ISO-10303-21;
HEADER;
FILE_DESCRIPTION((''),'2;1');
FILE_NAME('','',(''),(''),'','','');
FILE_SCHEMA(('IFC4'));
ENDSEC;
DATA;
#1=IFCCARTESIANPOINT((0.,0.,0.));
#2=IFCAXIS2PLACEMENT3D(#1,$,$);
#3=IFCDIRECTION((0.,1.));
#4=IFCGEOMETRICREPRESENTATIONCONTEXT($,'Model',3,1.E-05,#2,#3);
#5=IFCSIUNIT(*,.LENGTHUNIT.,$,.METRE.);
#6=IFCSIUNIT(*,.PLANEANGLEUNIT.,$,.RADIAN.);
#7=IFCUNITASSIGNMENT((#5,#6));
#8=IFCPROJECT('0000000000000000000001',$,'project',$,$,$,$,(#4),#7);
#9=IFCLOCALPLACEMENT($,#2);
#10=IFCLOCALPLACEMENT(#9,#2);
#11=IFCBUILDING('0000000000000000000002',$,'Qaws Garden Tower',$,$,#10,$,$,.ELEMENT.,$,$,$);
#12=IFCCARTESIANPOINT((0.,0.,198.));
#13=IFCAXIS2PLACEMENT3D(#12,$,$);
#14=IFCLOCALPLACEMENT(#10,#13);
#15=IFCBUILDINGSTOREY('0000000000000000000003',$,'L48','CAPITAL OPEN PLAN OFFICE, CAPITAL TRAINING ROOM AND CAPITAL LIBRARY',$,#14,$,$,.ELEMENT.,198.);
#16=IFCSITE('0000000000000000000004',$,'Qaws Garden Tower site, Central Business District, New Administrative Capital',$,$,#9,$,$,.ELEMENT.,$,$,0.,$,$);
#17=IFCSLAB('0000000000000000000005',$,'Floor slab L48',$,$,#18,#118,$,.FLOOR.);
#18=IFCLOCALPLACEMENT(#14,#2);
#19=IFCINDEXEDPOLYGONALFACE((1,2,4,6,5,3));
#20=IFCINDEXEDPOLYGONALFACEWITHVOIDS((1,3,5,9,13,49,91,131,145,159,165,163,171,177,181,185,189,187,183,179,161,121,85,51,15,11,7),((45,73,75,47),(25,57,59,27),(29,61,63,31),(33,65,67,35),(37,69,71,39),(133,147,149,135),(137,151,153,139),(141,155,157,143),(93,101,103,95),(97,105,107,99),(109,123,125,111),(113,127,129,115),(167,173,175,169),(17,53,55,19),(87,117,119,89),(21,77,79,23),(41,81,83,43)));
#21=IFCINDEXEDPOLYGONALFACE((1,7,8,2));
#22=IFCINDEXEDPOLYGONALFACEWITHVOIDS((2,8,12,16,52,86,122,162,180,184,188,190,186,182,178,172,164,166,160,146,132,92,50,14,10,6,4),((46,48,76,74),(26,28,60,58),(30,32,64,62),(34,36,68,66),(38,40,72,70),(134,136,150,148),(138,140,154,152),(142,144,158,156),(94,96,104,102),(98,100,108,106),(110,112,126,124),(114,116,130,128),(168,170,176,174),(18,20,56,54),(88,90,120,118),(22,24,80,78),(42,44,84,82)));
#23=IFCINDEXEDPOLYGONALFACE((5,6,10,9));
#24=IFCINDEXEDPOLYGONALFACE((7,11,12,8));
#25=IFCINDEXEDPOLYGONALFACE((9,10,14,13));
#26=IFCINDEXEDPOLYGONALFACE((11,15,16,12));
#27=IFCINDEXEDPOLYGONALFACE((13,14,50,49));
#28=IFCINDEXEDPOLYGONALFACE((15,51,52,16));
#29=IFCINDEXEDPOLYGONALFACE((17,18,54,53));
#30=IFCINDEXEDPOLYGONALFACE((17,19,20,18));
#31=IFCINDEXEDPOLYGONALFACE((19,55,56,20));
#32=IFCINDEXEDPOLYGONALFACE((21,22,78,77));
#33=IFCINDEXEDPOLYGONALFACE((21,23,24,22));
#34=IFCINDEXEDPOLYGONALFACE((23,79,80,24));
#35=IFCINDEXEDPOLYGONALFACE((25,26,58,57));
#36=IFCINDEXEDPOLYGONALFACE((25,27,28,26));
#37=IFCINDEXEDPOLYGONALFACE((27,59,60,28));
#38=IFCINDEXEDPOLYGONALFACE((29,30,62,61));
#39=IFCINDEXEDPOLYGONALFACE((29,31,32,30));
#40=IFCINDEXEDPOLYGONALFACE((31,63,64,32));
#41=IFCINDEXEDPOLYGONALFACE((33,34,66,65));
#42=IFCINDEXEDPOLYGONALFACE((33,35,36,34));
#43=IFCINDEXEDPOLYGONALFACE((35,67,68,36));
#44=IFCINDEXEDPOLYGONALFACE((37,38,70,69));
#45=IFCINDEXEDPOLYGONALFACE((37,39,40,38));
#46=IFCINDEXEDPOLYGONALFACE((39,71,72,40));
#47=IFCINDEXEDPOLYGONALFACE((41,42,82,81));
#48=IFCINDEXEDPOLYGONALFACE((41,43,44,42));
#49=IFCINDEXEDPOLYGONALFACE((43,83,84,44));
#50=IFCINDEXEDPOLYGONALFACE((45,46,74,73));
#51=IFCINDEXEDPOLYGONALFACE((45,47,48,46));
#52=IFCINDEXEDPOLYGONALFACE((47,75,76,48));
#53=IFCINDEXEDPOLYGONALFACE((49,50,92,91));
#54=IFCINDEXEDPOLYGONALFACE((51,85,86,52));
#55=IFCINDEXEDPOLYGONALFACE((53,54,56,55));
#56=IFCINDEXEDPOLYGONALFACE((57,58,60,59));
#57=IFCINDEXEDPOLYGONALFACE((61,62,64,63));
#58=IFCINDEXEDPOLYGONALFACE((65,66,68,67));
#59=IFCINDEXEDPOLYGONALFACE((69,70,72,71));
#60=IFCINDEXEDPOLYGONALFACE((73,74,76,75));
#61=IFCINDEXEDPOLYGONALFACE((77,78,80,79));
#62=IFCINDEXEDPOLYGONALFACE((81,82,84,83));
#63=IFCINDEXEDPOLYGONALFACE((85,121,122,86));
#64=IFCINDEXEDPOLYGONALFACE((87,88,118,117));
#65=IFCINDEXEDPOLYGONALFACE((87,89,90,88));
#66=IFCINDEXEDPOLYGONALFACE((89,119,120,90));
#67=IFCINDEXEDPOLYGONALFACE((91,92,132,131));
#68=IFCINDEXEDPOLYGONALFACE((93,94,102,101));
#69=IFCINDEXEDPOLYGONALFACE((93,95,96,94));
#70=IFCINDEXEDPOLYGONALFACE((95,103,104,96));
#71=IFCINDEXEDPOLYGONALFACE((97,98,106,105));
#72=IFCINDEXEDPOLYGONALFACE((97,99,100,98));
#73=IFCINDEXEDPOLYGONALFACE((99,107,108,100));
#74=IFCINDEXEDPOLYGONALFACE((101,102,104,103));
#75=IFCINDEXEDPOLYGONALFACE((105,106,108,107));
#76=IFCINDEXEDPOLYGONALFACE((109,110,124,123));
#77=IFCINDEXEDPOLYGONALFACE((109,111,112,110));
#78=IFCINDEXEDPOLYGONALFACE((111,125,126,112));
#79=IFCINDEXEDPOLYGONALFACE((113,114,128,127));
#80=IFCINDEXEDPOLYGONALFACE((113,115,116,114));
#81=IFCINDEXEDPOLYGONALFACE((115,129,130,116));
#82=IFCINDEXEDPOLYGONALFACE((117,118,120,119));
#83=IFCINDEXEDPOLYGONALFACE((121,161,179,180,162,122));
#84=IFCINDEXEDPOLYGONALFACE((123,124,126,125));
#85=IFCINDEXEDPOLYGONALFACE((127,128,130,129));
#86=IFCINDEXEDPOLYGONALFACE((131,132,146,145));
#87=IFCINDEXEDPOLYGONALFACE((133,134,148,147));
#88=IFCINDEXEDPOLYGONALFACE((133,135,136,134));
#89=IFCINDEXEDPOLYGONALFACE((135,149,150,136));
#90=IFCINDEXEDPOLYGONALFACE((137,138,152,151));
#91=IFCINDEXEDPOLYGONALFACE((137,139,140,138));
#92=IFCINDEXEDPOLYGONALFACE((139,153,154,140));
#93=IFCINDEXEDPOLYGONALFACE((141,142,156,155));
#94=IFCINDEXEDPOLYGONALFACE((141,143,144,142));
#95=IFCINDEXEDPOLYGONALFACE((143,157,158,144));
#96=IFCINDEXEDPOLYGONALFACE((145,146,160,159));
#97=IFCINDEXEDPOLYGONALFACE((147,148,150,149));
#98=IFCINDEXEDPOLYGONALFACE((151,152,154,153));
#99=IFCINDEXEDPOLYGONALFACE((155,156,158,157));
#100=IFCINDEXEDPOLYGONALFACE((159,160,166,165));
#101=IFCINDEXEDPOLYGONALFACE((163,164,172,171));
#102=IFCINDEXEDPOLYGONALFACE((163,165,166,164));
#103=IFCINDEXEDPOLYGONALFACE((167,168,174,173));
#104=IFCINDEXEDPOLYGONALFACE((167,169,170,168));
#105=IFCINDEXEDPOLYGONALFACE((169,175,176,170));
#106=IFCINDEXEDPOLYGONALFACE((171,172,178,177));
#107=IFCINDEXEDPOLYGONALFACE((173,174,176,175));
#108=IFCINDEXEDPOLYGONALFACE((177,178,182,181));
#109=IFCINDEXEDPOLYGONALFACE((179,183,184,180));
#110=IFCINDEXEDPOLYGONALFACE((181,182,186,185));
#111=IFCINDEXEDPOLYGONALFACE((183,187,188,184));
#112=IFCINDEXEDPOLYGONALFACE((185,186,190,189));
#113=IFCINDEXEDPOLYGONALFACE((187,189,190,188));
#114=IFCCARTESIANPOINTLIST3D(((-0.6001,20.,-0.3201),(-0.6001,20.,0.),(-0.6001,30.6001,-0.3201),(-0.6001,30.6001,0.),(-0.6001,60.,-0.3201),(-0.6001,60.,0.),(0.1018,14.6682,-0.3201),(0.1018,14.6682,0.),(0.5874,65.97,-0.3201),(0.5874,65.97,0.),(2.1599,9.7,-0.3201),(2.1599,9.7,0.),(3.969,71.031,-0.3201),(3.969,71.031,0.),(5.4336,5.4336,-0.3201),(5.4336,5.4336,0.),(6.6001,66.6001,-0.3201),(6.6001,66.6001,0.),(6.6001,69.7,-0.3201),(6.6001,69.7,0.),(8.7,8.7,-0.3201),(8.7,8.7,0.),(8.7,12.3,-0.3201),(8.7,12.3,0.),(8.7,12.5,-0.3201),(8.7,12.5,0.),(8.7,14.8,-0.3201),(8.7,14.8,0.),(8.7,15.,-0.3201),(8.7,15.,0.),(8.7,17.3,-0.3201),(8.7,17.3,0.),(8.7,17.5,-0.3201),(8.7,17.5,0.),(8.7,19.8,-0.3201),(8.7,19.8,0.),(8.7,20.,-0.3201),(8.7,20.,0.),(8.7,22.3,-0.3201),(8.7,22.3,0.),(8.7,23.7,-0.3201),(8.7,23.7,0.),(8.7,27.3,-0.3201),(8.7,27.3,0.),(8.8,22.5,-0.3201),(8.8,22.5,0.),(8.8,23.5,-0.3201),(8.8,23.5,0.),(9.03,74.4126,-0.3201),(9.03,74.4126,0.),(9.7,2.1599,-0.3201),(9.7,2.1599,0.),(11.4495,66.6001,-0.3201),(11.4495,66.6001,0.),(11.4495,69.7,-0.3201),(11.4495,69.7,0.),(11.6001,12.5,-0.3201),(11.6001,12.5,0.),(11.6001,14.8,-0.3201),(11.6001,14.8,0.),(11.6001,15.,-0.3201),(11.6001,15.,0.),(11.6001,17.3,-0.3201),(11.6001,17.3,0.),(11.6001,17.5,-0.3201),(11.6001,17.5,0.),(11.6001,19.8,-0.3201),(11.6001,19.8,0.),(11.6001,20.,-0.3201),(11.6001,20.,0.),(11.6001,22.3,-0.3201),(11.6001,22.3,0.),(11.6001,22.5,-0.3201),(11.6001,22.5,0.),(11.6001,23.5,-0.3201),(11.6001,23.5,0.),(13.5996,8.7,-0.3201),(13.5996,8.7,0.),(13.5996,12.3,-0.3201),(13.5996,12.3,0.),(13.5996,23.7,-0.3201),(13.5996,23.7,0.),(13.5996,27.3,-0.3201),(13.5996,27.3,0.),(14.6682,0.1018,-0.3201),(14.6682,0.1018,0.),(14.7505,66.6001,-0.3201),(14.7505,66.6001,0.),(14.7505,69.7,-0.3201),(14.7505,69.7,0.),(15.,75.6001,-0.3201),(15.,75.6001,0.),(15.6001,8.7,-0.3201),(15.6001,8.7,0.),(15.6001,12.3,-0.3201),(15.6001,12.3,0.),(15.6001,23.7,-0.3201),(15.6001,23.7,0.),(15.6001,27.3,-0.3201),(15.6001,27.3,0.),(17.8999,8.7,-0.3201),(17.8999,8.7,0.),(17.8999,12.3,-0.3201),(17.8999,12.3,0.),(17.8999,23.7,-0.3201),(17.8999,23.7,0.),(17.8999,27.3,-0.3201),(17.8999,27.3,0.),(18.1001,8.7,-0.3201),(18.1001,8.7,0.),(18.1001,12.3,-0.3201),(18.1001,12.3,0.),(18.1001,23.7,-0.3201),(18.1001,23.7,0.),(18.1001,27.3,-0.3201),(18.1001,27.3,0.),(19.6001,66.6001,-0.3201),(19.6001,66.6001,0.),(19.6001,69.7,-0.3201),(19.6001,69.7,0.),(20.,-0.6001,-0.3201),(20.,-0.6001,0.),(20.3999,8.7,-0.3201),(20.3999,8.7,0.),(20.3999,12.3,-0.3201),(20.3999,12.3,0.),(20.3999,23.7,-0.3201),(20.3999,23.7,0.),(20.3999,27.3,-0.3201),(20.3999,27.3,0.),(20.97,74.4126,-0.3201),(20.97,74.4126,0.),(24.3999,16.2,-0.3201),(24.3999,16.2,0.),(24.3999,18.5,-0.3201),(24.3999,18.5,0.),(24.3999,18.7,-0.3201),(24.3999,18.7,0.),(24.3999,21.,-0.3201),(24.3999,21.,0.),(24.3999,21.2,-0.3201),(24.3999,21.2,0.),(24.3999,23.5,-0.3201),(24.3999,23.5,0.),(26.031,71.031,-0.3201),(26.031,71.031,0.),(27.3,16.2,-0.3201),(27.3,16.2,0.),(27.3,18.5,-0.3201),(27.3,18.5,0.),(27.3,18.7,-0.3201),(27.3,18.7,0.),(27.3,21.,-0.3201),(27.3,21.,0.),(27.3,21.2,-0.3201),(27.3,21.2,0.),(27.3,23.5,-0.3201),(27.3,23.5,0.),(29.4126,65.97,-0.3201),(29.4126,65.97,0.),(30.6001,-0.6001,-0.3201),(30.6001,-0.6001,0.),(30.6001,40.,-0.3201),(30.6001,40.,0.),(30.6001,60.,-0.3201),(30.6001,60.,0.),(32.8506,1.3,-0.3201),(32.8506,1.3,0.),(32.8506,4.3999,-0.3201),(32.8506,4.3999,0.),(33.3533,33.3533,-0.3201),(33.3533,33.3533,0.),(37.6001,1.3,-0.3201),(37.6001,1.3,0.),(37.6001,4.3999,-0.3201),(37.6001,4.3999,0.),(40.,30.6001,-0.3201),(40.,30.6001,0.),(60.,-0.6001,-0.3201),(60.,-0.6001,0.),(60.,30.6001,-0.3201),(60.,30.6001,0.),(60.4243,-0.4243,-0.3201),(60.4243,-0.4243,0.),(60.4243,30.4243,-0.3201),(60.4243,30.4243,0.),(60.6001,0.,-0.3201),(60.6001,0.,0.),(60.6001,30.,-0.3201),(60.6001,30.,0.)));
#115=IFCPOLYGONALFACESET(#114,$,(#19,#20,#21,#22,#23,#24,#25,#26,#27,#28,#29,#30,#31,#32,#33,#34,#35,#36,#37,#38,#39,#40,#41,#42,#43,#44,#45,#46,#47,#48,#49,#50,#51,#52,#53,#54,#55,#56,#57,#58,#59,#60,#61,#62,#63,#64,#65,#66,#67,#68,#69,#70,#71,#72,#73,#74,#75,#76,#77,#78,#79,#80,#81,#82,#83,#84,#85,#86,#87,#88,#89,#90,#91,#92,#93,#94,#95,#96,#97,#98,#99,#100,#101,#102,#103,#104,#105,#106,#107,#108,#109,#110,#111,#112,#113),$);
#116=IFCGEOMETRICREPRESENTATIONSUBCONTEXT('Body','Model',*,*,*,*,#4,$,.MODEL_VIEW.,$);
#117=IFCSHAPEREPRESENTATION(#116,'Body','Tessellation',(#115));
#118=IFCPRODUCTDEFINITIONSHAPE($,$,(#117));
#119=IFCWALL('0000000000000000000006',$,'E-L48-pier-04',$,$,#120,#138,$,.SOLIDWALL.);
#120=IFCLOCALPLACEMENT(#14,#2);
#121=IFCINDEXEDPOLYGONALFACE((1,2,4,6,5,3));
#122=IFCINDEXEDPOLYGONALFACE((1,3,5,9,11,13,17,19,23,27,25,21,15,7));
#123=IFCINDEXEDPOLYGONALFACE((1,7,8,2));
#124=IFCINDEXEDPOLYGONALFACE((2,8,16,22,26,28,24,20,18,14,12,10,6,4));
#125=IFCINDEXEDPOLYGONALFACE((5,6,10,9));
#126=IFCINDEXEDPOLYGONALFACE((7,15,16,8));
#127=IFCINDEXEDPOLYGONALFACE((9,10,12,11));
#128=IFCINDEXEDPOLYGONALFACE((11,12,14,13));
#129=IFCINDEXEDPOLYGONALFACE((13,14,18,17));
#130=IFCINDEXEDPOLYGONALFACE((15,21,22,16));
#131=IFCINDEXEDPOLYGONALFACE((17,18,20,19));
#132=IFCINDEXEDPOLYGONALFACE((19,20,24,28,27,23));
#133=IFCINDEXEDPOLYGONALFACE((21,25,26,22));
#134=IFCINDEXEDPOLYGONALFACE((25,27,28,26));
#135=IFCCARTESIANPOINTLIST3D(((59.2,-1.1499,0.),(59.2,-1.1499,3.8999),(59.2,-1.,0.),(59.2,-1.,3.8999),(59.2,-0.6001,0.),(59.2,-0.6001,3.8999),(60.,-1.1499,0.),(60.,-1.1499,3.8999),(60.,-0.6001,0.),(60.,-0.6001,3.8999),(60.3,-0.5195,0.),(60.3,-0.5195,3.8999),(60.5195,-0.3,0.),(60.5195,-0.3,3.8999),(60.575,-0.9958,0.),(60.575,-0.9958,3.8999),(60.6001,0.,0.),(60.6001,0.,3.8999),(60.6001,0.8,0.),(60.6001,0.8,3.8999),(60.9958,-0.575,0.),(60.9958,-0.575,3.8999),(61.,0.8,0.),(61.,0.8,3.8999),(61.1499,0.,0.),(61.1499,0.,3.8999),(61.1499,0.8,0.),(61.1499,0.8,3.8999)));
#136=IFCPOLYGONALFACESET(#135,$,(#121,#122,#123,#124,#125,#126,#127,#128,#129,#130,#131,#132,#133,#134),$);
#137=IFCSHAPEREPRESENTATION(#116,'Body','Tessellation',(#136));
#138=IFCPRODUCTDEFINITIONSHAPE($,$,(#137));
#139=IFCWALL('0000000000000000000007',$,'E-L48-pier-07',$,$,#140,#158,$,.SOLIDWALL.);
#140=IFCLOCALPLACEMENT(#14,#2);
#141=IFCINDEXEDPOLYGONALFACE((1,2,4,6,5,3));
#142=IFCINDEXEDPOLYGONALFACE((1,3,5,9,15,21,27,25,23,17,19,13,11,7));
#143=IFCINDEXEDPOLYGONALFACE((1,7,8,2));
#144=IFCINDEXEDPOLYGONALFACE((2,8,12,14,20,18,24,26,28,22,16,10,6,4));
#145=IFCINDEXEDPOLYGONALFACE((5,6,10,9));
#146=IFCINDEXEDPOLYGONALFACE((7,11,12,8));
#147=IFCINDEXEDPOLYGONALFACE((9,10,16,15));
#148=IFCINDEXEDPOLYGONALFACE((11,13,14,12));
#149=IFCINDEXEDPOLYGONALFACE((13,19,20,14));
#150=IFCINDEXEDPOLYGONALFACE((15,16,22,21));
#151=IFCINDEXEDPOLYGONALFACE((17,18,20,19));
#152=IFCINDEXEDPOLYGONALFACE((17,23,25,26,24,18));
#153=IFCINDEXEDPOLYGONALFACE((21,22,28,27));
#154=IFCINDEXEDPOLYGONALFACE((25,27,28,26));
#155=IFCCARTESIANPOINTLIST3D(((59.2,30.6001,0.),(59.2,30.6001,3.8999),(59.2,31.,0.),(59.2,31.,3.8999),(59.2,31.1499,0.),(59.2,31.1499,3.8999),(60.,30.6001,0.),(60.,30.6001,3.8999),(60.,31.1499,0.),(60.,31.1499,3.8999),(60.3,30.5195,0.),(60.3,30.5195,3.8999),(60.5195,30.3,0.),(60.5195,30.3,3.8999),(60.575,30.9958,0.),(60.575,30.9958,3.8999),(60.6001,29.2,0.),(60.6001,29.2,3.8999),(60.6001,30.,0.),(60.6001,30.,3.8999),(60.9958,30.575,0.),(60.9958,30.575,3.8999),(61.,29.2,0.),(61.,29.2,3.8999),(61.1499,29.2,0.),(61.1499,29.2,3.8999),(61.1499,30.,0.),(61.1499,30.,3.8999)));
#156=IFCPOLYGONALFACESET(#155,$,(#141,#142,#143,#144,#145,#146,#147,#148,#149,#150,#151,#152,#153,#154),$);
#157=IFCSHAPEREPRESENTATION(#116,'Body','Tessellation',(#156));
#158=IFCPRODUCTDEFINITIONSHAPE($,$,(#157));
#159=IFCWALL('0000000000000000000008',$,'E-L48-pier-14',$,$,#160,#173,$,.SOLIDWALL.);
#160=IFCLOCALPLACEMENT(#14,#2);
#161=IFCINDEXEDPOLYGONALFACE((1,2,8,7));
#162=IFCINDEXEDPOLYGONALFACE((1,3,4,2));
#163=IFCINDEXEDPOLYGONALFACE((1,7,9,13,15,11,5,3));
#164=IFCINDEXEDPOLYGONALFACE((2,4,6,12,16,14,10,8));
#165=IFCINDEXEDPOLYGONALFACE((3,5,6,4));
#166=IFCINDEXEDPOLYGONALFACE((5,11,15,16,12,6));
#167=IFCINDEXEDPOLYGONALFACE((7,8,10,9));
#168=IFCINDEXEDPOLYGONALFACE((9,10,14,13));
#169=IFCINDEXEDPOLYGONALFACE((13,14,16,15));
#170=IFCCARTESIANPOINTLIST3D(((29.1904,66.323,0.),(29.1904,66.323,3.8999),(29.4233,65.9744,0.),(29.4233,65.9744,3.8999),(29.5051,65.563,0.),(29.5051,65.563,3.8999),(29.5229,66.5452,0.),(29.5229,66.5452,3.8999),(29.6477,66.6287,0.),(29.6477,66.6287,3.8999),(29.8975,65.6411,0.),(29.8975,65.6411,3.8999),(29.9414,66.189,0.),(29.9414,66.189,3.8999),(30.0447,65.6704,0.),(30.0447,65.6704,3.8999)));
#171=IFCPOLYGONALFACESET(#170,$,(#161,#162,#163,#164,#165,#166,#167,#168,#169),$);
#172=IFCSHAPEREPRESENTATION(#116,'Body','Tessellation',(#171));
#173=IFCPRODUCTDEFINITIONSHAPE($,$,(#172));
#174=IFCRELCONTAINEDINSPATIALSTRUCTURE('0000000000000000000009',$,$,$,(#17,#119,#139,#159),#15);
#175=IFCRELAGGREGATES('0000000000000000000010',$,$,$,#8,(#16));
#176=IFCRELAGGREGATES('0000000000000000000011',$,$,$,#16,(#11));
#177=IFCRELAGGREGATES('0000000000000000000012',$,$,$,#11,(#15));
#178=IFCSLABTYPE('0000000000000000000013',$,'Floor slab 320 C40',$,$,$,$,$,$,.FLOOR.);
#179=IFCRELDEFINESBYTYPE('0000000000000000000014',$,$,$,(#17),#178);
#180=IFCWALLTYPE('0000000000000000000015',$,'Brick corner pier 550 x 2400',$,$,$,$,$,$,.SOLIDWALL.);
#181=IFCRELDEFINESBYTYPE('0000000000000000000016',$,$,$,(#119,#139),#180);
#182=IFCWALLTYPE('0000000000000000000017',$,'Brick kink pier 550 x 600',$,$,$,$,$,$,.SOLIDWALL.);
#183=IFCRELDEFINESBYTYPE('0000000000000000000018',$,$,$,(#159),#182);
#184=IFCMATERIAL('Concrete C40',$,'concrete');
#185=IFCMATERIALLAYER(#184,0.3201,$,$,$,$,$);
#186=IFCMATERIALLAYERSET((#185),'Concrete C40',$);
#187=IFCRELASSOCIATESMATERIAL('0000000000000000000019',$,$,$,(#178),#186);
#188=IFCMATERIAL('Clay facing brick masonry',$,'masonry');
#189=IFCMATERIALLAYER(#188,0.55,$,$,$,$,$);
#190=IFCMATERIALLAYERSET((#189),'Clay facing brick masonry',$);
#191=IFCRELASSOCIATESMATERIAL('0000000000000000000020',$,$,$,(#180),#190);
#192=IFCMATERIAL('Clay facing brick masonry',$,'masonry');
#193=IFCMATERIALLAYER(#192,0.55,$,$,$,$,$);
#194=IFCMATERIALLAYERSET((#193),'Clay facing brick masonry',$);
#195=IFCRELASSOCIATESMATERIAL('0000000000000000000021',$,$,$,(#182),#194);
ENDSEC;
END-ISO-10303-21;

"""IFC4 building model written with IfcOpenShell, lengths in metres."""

from ifc_helpers import new_model, si_unit, direction, frame, origin, place, context, subcontext, project, spatial, polyline, outline, extrude, material, layer, layer_set, type_object, element, save


model = new_model("IFC4")

# Units and contexts
model_context = context("Model", 3, precision=1e-05, world=origin(), true_north=direction((0.0, 1.0)))
body_context = subcontext(model_context, "Body", "Model", "MODEL_VIEW")
ifc_project = project(units=[si_unit("LENGTHUNIT", "METRE"), si_unit("PLANEANGLEUNIT", "RADIAN")], contexts=[model_context])

# Site, building, storey
site_placement = place(None, origin())
site = spatial("IfcSite", under=ifc_project, at=site_placement, Name="Qaws Garden Tower site, Central Business District, New Administrative Capital", CompositionType="ELEMENT", RefElevation=0.0)
building_placement = place(site_placement, origin())
building = spatial("IfcBuilding", under=site, at=building_placement, Name="Qaws Garden Tower", CompositionType="ELEMENT")
storey_placement = place(building_placement, frame((0.0, 0.0, 198.0)))
storey = spatial("IfcBuildingStorey", under=building, at=storey_placement, Name="L48", Description="CAPITAL OPEN PLAN OFFICE, CAPITAL TRAINING ROOM AND CAPITAL LIBRARY", CompositionType="ELEMENT", Elevation=198.0)

# Slab
ifc_material_1 = material(Name="Concrete C40", Category="concrete")
ifc_layer_1 = layer(ifc_material_1, 0.3201)
ifc_layer_set_1 = layer_set([ifc_layer_1], Name="Concrete C40")
slab_type = type_object("IfcSlabType", Name="Floor slab 320 C40", PredefinedType="FLOOR", material=ifc_layer_set_1)
slab_placement = place(storey_placement, frame((0.0, 0.0, -0.3201)))
element("IfcSlab", 1, at=slab_placement, inside=storey, type_object=slab_type, Name="Floor slab L48", PredefinedType="FLOOR", context=body_context, shape_type="SweptSolid", body=[
    extrude(outline(polyline([(0.1018, 14.6682), (-0.6001, 20.0), (-0.6001, 30.6001), (-0.6001, 60.0), (-0.6001, 60.0), (0.5874, 65.97), (3.969, 71.031), (9.03, 74.4126), (15.0, 75.6001), (20.97, 74.4126), (26.031, 71.031), (29.4126, 65.97), (30.6001, 60.0), (30.6001, 40.0), (33.3533, 33.3533), (40.0, 30.6001), (60.0, 30.6001), (60.4243, 30.4243), (60.6001, 30.0), (60.6001, 0.0), (60.4243, -0.4243), (60.0, -0.6001), (30.6001, -0.6001), (20.0, -0.6001), (14.6682, 0.1018), (9.7, 2.1599), (5.4336, 5.4336), (2.1599, 9.7), (0.1018, 14.6682)]), holes=[polyline([(13.5996, 12.3), (8.7, 12.3), (8.7, 8.7), (13.5996, 8.7), (13.5996, 12.3)]), polyline([(17.8999, 12.3), (15.6001, 12.3), (15.6001, 8.7), (17.8999, 8.7), (17.8999, 12.3)]), polyline([(11.6001, 14.8), (8.7, 14.8), (8.7, 12.5), (11.6001, 12.5), (11.6001, 14.8)]), polyline([(11.6001, 17.3), (8.7, 17.3), (8.7, 15.0), (11.6001, 15.0), (11.6001, 17.3)]), polyline([(11.6001, 19.8), (8.7, 19.8), (8.7, 17.5), (11.6001, 17.5), (11.6001, 19.8)]), polyline([(11.6001, 22.3), (8.7, 22.3), (8.7, 20.0), (11.6001, 20.0), (11.6001, 22.3)]), polyline([(11.6001, 23.5), (8.8, 23.5), (8.8, 22.5), (11.6001, 22.5), (11.6001, 23.5)]), polyline([(13.5996, 27.3), (8.7, 27.3), (8.7, 23.7), (13.5996, 23.7), (13.5996, 27.3)]), polyline([(11.4495, 69.7), (6.6001, 69.7), (6.6001, 66.6001), (11.4495, 66.6001), (11.4495, 69.7)]), polyline([(37.6001, 4.3999), (32.8506, 4.3999), (32.8506, 1.3), (37.6001, 1.3), (37.6001, 4.3999)]), polyline([(20.3999, 12.3), (18.1001, 12.3), (18.1001, 8.7), (20.3999, 8.7), (20.3999, 12.3)]), polyline([(27.3, 18.5), (24.3999, 18.5), (24.3999, 16.2), (27.3, 16.2), (27.3, 18.5)]), polyline([(27.3, 21.0), (24.3999, 21.0), (24.3999, 18.7), (27.3, 18.7), (27.3, 21.0)]), polyline([(27.3, 23.5), (24.3999, 23.5), (24.3999, 21.2), (27.3, 21.2), (27.3, 23.5)]), polyline([(17.8999, 27.3), (15.6001, 27.3), (15.6001, 23.7), (17.8999, 23.7), (17.8999, 27.3)]), polyline([(20.3999, 23.7), (20.3999, 27.3), (18.1001, 27.3), (18.1001, 23.7), (20.3999, 23.7)]), polyline([(19.6001, 66.6001), (19.6001, 69.7), (14.7505, 69.7), (14.7505, 66.6001), (19.6001, 66.6001)])]), origin(), (0.0, 0.0, 1.0), 0.3201),
])

# Walls
ifc_material_2 = material(Name="Clay facing brick masonry", Category="masonry")
ifc_layer_2 = layer(ifc_material_2, 0.55)
ifc_layer_set_2 = layer_set([ifc_layer_2], Name="Clay facing brick masonry")
wall_type_1 = type_object("IfcWallType", Name="Brick corner pier 550 x 2400", PredefinedType="SOLIDWALL", material=ifc_layer_set_2)
placement = place(storey_placement, origin())
element("IfcWall", 2, at=placement, inside=storey, type_object=wall_type_1, Name="E-L48-pier-04", PredefinedType="SOLIDWALL", context=body_context, shape_type="SweptSolid", body=[
    extrude(outline(polyline([(59.2, -1.0), (59.2, -1.1499), (60.0, -1.1499), (60.575, -0.9958), (60.9958, -0.575), (61.1499, 0.0), (61.1499, 0.8), (61.0, 0.8), (60.6001, 0.8), (60.6001, 0.0), (60.5195, -0.3), (60.3, -0.5195), (60.0, -0.6001), (59.2, -0.6001), (59.2, -1.0)])), origin(), (0.0, 0.0, 1.0), 3.8999),
])
element("IfcWall", 3, at=placement, inside=storey, type_object=wall_type_1, Name="E-L48-pier-07", PredefinedType="SOLIDWALL", context=body_context, shape_type="SweptSolid", body=[
    extrude(outline(polyline([(61.0, 29.2), (61.1499, 29.2), (61.1499, 30.0), (60.9958, 30.575), (60.575, 30.9958), (60.0, 31.1499), (59.2, 31.1499), (59.2, 31.0), (59.2, 30.6001), (60.0, 30.6001), (60.3, 30.5195), (60.5195, 30.3), (60.6001, 30.0), (60.6001, 29.2), (61.0, 29.2)])), origin(), (0.0, 0.0, 1.0), 3.8999),
])
ifc_material_3 = material(Name="Clay facing brick masonry", Category="masonry")
ifc_layer_3 = layer(ifc_material_3, 0.55)
ifc_layer_set_3 = layer_set([ifc_layer_3], Name="Clay facing brick masonry")
wall_type_2 = type_object("IfcWallType", Name="Brick kink pier 550 x 600", PredefinedType="SOLIDWALL", material=ifc_layer_set_3)
element("IfcWall", 4, at=placement, inside=storey, type_object=wall_type_2, Name="E-L48-pier-14", PredefinedType="SOLIDWALL", context=body_context, shape_type="SweptSolid", body=[
    extrude(outline(polyline([(29.8975, 65.6411), (30.0447, 65.6704), (29.9414, 66.189), (29.6477, 66.6287), (29.5229, 66.5452), (29.1904, 66.323), (29.4233, 65.9744), (29.5051, 65.563), (29.8975, 65.6411)])), origin(), (0.0, 0.0, 1.0), 3.8999),
])

save(model, "model.ifc")
